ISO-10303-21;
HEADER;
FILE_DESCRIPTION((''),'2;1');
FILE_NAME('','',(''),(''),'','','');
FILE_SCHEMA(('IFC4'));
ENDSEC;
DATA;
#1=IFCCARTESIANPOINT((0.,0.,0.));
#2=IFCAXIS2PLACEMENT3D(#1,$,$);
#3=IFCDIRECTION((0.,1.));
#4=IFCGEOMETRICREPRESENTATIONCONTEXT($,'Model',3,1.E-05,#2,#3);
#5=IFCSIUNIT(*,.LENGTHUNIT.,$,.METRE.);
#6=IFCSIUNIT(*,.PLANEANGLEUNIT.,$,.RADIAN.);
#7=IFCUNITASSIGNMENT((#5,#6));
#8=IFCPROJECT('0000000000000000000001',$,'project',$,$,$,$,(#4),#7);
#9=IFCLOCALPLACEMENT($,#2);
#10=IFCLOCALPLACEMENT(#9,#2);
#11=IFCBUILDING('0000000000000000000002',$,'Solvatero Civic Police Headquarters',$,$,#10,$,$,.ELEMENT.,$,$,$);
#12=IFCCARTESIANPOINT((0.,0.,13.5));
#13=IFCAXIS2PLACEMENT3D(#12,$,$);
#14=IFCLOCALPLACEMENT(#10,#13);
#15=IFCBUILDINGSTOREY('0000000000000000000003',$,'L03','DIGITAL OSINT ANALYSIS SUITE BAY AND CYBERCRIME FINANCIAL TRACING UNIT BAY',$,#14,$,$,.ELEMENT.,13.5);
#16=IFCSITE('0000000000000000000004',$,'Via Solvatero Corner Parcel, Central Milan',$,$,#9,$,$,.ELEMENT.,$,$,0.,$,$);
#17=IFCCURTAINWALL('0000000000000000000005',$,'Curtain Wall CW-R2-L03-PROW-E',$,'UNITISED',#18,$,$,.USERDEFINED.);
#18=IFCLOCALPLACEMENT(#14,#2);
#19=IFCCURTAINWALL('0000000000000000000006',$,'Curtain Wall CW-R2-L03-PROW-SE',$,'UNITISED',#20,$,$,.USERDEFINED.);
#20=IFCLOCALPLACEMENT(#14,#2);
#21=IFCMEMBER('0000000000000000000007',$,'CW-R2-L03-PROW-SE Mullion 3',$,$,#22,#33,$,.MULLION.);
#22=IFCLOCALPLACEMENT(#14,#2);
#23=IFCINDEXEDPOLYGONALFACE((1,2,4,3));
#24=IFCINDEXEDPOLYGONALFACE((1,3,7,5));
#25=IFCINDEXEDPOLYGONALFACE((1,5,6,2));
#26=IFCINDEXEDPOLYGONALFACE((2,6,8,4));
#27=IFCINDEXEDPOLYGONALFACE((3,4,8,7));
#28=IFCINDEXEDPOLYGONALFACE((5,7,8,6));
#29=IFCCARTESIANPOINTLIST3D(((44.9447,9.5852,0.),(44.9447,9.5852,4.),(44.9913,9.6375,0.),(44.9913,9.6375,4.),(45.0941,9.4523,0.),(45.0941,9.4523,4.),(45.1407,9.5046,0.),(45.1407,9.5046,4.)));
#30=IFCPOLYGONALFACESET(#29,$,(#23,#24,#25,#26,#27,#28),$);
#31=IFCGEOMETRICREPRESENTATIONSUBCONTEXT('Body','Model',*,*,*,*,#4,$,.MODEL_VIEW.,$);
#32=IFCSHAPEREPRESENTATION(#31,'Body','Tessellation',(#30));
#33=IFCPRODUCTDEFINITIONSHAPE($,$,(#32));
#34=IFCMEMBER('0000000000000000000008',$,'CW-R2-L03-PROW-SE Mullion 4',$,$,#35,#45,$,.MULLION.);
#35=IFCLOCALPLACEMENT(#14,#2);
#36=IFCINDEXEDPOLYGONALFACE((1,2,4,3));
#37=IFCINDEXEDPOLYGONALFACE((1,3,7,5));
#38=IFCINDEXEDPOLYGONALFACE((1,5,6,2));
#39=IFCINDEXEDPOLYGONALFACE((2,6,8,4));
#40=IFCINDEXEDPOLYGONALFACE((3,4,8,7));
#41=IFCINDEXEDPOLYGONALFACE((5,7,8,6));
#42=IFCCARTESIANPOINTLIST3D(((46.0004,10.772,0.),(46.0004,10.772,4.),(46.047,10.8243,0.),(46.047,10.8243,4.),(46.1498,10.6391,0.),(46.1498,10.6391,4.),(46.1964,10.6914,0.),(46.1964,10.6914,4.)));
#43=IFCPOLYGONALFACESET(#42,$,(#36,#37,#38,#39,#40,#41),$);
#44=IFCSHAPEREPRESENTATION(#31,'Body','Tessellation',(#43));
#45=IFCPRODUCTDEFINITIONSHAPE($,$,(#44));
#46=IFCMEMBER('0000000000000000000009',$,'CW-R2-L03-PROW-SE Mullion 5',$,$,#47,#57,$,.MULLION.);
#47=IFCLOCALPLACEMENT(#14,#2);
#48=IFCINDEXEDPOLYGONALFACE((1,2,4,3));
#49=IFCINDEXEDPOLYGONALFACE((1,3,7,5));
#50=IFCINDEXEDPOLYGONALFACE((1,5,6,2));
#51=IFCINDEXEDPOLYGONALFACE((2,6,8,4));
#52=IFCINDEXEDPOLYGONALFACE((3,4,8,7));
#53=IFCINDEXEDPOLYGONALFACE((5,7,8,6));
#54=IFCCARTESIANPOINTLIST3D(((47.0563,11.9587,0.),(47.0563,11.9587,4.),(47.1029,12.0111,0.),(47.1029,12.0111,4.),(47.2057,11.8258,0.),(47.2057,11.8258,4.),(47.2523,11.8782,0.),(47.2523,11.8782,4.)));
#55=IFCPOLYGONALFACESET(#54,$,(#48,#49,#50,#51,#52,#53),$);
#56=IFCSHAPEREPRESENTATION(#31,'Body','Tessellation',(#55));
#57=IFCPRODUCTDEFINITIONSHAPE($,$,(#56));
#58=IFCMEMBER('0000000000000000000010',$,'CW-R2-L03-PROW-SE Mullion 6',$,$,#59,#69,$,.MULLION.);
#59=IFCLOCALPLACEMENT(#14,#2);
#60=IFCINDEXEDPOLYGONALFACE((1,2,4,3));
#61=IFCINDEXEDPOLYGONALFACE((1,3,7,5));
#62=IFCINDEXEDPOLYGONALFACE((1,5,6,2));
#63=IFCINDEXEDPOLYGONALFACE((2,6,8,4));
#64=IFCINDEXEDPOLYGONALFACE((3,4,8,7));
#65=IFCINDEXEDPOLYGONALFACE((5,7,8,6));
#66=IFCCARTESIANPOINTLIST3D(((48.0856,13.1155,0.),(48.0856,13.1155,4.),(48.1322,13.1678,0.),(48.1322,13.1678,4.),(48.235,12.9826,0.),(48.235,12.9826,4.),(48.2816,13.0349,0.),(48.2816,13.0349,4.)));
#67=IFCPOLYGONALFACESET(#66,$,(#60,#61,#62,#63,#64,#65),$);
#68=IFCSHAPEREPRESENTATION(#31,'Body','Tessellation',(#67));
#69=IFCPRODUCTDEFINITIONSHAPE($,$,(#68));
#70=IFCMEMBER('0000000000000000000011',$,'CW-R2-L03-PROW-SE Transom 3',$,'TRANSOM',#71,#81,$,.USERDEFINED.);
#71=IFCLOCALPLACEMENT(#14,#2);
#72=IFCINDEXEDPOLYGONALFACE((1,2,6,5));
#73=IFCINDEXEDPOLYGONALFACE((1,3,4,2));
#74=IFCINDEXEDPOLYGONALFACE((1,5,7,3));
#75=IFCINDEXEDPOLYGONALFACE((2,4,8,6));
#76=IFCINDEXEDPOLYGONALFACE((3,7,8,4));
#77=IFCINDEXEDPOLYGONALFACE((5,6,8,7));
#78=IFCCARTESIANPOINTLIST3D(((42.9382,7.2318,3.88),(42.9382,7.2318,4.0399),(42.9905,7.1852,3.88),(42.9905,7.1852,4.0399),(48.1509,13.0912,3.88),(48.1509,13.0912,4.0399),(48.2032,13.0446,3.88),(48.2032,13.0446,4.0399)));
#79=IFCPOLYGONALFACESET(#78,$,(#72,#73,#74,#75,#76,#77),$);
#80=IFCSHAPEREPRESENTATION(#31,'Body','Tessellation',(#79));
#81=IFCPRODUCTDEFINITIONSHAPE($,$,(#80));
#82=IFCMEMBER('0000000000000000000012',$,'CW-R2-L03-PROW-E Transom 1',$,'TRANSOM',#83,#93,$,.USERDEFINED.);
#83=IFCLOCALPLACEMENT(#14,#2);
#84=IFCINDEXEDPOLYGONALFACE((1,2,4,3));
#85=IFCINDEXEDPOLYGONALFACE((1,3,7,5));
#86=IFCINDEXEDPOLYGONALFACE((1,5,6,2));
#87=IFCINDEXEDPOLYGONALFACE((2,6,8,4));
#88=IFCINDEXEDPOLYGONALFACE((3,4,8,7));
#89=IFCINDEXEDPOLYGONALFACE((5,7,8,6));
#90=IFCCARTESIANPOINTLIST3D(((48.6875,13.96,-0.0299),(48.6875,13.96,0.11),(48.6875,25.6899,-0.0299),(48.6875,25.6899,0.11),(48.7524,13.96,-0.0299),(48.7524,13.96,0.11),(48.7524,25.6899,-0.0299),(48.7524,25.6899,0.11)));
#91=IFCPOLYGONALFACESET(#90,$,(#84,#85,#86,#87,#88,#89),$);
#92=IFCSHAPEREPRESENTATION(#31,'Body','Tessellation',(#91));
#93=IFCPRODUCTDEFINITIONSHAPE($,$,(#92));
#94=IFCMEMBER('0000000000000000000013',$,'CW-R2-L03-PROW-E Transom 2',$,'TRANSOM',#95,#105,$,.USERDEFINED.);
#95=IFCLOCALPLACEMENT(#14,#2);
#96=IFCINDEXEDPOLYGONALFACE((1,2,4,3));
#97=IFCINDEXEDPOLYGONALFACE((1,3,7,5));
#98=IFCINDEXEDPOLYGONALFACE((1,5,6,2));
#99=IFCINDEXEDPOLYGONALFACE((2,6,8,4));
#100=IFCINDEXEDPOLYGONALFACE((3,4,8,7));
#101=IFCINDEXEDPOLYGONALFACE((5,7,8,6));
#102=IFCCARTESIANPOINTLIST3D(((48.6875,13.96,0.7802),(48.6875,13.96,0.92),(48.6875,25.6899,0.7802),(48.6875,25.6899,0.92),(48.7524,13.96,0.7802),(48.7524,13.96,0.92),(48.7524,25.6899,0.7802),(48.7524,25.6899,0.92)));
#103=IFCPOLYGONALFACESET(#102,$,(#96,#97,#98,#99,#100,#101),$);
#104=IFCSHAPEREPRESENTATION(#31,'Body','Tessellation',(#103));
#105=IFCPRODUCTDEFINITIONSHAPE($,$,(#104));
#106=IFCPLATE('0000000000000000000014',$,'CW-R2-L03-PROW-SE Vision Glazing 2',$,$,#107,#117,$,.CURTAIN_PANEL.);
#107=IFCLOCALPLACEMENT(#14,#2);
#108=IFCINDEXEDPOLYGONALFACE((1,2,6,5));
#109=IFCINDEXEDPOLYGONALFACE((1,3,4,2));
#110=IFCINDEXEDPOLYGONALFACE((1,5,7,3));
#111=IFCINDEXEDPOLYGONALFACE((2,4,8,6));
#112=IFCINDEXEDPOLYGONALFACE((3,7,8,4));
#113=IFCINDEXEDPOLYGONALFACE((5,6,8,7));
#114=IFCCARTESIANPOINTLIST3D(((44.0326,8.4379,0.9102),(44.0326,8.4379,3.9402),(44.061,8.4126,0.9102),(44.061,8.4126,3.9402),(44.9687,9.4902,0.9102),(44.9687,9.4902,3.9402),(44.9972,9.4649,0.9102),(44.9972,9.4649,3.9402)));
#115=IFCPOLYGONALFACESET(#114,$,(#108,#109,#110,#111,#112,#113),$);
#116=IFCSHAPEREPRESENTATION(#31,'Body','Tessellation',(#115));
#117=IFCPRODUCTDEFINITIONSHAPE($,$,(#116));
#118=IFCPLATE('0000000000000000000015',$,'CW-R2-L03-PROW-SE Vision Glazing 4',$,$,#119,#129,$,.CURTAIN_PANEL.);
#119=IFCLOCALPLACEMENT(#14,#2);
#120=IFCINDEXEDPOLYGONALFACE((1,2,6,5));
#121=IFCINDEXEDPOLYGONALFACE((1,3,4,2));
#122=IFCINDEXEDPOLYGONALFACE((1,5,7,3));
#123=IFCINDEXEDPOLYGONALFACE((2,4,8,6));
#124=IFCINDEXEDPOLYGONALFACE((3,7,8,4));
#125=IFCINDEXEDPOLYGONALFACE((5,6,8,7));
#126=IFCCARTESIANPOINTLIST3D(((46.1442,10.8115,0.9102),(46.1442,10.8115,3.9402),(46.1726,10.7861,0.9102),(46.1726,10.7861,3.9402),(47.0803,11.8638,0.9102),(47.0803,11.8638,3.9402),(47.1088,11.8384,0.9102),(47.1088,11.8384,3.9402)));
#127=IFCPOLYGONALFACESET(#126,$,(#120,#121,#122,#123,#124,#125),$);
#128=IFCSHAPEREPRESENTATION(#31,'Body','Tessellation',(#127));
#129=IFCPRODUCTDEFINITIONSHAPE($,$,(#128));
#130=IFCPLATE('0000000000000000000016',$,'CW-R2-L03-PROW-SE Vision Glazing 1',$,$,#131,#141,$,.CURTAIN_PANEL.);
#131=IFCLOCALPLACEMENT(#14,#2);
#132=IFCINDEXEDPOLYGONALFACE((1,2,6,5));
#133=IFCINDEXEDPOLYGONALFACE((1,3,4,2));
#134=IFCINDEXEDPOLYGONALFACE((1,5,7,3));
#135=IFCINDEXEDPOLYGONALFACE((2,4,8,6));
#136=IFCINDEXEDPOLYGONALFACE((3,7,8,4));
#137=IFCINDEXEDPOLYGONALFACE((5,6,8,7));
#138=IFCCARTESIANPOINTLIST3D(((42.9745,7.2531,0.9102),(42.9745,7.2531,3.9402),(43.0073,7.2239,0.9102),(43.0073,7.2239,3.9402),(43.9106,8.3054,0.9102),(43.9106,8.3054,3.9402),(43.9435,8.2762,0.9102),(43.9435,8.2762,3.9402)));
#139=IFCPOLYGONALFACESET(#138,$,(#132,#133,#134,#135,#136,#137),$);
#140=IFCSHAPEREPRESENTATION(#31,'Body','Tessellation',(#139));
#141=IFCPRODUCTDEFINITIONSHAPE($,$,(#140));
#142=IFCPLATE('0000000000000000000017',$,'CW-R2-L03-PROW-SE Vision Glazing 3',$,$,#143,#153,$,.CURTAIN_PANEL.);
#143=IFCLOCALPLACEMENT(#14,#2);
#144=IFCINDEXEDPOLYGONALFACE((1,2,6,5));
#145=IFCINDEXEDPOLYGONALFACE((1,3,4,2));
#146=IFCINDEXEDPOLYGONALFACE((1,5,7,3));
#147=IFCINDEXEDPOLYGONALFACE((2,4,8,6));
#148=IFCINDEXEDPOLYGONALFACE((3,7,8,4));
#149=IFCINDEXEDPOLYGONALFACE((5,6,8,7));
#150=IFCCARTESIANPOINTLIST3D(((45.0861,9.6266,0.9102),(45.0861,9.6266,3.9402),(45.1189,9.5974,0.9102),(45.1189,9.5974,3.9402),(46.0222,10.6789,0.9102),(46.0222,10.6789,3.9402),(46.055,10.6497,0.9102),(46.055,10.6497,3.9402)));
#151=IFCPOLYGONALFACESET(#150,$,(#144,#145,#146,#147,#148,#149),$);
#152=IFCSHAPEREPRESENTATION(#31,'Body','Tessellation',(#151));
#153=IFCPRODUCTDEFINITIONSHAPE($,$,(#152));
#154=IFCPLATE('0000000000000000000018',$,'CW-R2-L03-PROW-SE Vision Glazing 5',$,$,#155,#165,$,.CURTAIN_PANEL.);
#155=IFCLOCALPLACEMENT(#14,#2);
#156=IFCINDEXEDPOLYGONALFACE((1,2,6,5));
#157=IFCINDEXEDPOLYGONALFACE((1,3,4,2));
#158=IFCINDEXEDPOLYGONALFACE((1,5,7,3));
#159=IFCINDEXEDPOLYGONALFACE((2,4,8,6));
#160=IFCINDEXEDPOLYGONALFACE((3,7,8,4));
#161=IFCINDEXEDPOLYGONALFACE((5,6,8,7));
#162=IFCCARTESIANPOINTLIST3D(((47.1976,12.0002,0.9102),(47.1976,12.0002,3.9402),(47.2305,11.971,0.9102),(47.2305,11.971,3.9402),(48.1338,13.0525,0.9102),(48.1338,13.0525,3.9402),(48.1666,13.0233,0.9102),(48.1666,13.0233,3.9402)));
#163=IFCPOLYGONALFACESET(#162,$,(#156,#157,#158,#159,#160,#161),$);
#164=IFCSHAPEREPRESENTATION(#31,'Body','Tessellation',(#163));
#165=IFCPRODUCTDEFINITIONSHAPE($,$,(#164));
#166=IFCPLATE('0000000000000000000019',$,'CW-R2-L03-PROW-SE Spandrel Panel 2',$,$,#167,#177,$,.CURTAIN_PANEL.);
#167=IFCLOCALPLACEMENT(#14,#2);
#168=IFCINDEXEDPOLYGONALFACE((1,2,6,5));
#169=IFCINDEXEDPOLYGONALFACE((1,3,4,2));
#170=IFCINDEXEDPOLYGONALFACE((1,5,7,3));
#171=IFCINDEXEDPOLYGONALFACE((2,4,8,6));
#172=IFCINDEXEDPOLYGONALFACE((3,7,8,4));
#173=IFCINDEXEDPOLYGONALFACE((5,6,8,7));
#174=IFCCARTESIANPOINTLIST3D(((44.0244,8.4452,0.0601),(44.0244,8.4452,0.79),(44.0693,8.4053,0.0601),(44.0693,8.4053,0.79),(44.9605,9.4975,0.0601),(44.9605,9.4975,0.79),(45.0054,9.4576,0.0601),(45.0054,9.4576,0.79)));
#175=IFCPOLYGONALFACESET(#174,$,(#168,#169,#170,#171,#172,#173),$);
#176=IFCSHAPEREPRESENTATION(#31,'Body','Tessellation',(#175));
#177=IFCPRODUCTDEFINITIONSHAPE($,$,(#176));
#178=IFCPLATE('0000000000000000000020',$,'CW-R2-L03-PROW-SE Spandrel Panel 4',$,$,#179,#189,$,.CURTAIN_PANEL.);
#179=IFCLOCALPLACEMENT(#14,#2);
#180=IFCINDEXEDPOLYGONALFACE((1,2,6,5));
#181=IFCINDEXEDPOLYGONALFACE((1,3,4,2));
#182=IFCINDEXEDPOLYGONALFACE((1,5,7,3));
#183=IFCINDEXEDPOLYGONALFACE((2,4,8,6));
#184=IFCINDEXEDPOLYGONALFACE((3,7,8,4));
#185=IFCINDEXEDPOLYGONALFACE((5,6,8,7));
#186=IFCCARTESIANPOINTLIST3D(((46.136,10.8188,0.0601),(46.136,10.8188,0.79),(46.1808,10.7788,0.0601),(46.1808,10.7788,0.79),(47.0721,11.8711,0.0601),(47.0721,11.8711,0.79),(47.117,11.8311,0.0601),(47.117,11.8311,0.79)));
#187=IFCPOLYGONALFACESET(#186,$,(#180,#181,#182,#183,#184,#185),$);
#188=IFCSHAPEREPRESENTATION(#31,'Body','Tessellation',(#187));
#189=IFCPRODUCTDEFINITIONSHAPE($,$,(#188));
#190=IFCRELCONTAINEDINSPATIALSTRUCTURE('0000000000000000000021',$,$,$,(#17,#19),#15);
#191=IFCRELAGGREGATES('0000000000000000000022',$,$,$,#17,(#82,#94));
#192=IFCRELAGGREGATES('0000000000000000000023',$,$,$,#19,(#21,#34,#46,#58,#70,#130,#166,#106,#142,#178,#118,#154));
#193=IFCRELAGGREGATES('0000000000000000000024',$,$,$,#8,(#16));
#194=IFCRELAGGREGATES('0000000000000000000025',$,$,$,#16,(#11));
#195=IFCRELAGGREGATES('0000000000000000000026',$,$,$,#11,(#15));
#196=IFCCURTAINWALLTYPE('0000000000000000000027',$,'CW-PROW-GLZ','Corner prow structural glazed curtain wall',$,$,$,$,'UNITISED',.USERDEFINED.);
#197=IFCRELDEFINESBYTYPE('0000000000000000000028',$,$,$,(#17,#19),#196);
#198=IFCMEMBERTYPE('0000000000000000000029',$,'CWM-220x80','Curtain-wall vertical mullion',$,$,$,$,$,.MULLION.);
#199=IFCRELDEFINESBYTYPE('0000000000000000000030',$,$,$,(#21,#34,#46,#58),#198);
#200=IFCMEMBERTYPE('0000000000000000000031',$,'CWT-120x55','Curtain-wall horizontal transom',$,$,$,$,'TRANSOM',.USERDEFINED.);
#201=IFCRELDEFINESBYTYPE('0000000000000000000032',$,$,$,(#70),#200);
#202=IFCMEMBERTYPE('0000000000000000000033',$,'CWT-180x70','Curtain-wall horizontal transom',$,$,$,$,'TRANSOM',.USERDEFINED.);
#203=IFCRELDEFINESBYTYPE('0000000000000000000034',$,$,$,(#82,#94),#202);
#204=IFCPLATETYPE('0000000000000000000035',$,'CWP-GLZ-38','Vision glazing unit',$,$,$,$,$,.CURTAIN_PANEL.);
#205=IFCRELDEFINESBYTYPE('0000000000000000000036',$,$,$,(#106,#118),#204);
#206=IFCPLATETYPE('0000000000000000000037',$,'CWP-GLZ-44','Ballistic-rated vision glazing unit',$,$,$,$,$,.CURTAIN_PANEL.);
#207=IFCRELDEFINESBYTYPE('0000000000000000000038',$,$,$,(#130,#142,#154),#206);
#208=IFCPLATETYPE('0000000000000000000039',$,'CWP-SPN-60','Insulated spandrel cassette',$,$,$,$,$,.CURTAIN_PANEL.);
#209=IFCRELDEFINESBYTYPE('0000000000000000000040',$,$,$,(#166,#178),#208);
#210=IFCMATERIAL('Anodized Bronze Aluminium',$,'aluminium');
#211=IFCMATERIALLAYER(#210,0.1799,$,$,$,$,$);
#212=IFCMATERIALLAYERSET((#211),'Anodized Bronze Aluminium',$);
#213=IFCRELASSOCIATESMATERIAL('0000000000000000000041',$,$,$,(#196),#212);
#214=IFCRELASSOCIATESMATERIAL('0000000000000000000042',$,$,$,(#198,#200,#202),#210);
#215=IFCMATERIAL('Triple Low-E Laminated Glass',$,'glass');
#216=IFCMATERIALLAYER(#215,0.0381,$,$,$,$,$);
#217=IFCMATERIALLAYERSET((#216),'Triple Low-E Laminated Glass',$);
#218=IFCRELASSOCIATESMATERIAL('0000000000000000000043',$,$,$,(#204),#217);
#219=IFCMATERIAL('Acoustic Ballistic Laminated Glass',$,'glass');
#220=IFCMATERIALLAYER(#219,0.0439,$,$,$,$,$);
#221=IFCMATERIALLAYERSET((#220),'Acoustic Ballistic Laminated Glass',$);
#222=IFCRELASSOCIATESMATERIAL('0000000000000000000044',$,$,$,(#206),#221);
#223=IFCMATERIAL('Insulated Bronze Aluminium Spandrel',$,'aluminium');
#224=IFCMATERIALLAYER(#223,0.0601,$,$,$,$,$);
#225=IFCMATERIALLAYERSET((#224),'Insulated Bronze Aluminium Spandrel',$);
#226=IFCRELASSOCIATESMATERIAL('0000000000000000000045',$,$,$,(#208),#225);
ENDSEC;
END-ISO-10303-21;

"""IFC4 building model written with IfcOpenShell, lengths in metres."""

from ifc_helpers import new_model, si_unit, direction, frame, origin, origin_2d, place, context, subcontext, project, spatial, rectangle, extrude, material, layer, layer_set, material_profile, profile_set, type_object, element, aggregate, save


model = new_model("IFC4")

# Units and contexts
model_context = context("Model", 3, precision=1e-05, world=origin(), true_north=direction((0.0, 1.0)))
body_context = subcontext(model_context, "Body", "Model", "MODEL_VIEW")
ifc_project = project(units=[si_unit("LENGTHUNIT", "METRE"), si_unit("PLANEANGLEUNIT", "RADIAN")], contexts=[model_context])

# Site, building, storey
site_placement = place(None, origin())
site = spatial("IfcSite", under=ifc_project, at=site_placement, Name="Via Solvatero Corner Parcel, Central Milan", CompositionType="ELEMENT", RefElevation=0.0)
building_placement = place(site_placement, origin())
building = spatial("IfcBuilding", under=site, at=building_placement, Name="Solvatero Civic Police Headquarters", CompositionType="ELEMENT")
storey_placement = place(building_placement, frame((0.0, 0.0, 13.5)))
storey = spatial("IfcBuildingStorey", under=building, at=storey_placement, Name="L03", Description="DIGITAL OSINT ANALYSIS SUITE BAY AND CYBERCRIME FINANCIAL TRACING UNIT BAY", CompositionType="ELEMENT", Elevation=13.5)

# Curtain wall
ifc_material_1 = material(Name="Anodized Bronze Aluminium", Category="aluminium")
ifc_layer_1 = layer(ifc_material_1, 0.1799)
ifc_layer_set_1 = layer_set([ifc_layer_1], Name="Anodized Bronze Aluminium")
curtain_wall_type = type_object("IfcCurtainWallType", Name="CW-PROW-GLZ", Description="Corner prow structural glazed curtain wall", ElementType="UNITISED", PredefinedType="USERDEFINED", material=ifc_layer_set_1)
curtain_wall_1_placement = place(storey_placement, origin())
curtain_wall_1 = element("IfcCurtainWall", 1, at=curtain_wall_1_placement, inside=storey, type_object=curtain_wall_type, Name="Curtain Wall CW-R2-L03-PROW-E", ObjectType="UNITISED", PredefinedType="USERDEFINED")

# Curtain wall, members
curtain_wall_2_placement = place(storey_placement, origin())
curtain_wall_2 = element("IfcCurtainWall", 2, at=curtain_wall_2_placement, inside=storey, type_object=curtain_wall_type, Name="Curtain Wall CW-R2-L03-PROW-SE", ObjectType="UNITISED", PredefinedType="USERDEFINED")
ifc_material_profile_1 = material_profile(ifc_material_1, rectangle(XDim=0.0701, YDim=0.2, at=origin_2d()), Name="ALU MULLION 70x200")
ifc_profile_set_1 = profile_set([ifc_material_profile_1], Name="Anodized Bronze Aluminium")
member_type_1 = type_object("IfcMemberType", Name="CWM-220x80", Description="Curtain-wall vertical mullion", PredefinedType="MULLION", material=ifc_profile_set_1)
member_1_placement = place(storey_placement, frame((45.0427, 9.5449, 0.0), z_axis=(0.0, 0.0, 1.0), x_axis=(0.66467, 0.747137, 0.0)))
member_1 = element("IfcMember", 3, at=member_1_placement, type_object=member_type_1, Name="CW-R2-L03-PROW-SE Mullion 3", PredefinedType="MULLION", context=body_context, shape_type="SweptSolid", body=[
    extrude(rectangle(XDim=0.0701, YDim=0.2, at=origin_2d()), origin(), (0.0, 0.0, 1.0), 4.0),
])
member_2_placement = place(storey_placement, frame((46.0984, 10.7317, 0.0), z_axis=(0.0, 0.0, 1.0), x_axis=(0.66467, 0.747137, 0.0)))
member_2 = element("IfcMember", 4, at=member_2_placement, type_object=member_type_1, Name="CW-R2-L03-PROW-SE Mullion 4", PredefinedType="MULLION", context=body_context, shape_type="SweptSolid", body=[
    extrude(rectangle(XDim=0.0701, YDim=0.2, at=origin_2d()), origin(), (0.0, 0.0, 1.0), 4.0),
])
member_3_placement = place(storey_placement, frame((47.1543, 11.9185, 0.0), z_axis=(0.0, 0.0, 1.0), x_axis=(0.66467, 0.747137, 0.0)))
member_3 = element("IfcMember", 5, at=member_3_placement, type_object=member_type_1, Name="CW-R2-L03-PROW-SE Mullion 5", PredefinedType="MULLION", context=body_context, shape_type="SweptSolid", body=[
    extrude(rectangle(XDim=0.0701, YDim=0.2, at=origin_2d()), origin(), (0.0, 0.0, 1.0), 4.0),
])
member_4_placement = place(storey_placement, frame((48.1836, 13.0752, 0.0), z_axis=(0.0, 0.0, 1.0), x_axis=(0.66467, 0.747137, 0.0)))
member_4 = element("IfcMember", 6, at=member_4_placement, type_object=member_type_1, Name="CW-R2-L03-PROW-SE Mullion 6", PredefinedType="MULLION", context=body_context, shape_type="SweptSolid", body=[
    extrude(rectangle(XDim=0.0701, YDim=0.2, at=origin_2d()), origin(), (0.0, 0.0, 1.0), 4.0),
])
ifc_material_profile_2 = material_profile(ifc_material_1, rectangle(XDim=0.0701, YDim=0.1599, at=origin_2d()), Name="ALU TRANSOM 70x160")
ifc_profile_set_2 = profile_set([ifc_material_profile_2], Name="Anodized Bronze Aluminium")
member_type_2 = type_object("IfcMemberType", Name="CWT-120x55", Description="Curtain-wall horizontal transom", ElementType="TRANSOM", PredefinedType="USERDEFINED", material=ifc_profile_set_2)
member_5_placement = place(storey_placement, frame((42.9644, 7.2085, 3.96), z_axis=(0.664671, 0.747136, 0.0), x_axis=(-0.747136, 0.664671, 0.0)))
member_5 = element("IfcMember", 7, at=member_5_placement, type_object=member_type_2, Name="CW-R2-L03-PROW-SE Transom 3", ObjectType="TRANSOM", PredefinedType="USERDEFINED", context=body_context, shape_type="SweptSolid", body=[
    extrude(rectangle(XDim=0.0701, YDim=0.1599, at=origin_2d()), origin(), (0.0, 0.0, 1.0), 7.8425),
])

# Members
ifc_material_profile_3 = material_profile(ifc_material_1, rectangle(XDim=0.0649, YDim=0.1399, at=origin_2d()), Name="ALU TRANSOM 65x140")
ifc_profile_set_3 = profile_set([ifc_material_profile_3], Name="Anodized Bronze Aluminium")
member_type_3 = type_object("IfcMemberType", Name="CWT-180x70", Description="Curtain-wall horizontal transom", ElementType="TRANSOM", PredefinedType="USERDEFINED", material=ifc_profile_set_3)
member_6_placement = place(storey_placement, frame((48.72, 13.96, 0.04), z_axis=(0.0, 1.0, 0.0), x_axis=(-1.0, 0.0, 0.0)))
member_6 = element("IfcMember", 8, at=member_6_placement, type_object=member_type_3, Name="CW-R2-L03-PROW-E Transom 1", ObjectType="TRANSOM", PredefinedType="USERDEFINED", context=body_context, shape_type="SweptSolid", body=[
    extrude(rectangle(XDim=0.0649, YDim=0.1399, at=origin_2d()), origin(), (0.0, 0.0, 1.0), 11.73),
])
member_7_placement = place(storey_placement, frame((48.72, 13.96, 0.8501), z_axis=(0.0, 1.0, 0.0), x_axis=(-1.0, 0.0, 0.0)))
member_7 = element("IfcMember", 9, at=member_7_placement, type_object=member_type_3, Name="CW-R2-L03-PROW-E Transom 2", ObjectType="TRANSOM", PredefinedType="USERDEFINED", context=body_context, shape_type="SweptSolid", body=[
    extrude(rectangle(XDim=0.0649, YDim=0.1399, at=origin_2d()), origin(), (0.0, 0.0, 1.0), 11.73),
])
aggregate(curtain_wall_1, [member_6, member_7])

# Plates
ifc_material_2 = material(Name="Triple Low-E Laminated Glass", Category="glass")
ifc_layer_2 = layer(ifc_material_2, 0.0381)
ifc_layer_set_2 = layer_set([ifc_layer_2], Name="Triple Low-E Laminated Glass")
plate_type_1 = type_object("IfcPlateType", Name="CWP-GLZ-38", Description="Vision glazing unit", PredefinedType="CURTAIN_PANEL", material=ifc_layer_set_2)
plate_1_placement = place(storey_placement, frame((44.5149, 8.9514, 0.9102), z_axis=(0.0, 0.0, 1.0), x_axis=(0.66467, 0.747137, 0.0)))
plate_1 = element("IfcPlate", 10, at=plate_1_placement, type_object=plate_type_1, Name="CW-R2-L03-PROW-SE Vision Glazing 2", PredefinedType="CURTAIN_PANEL", context=body_context, shape_type="SweptSolid", body=[
    extrude(rectangle(XDim=1.4084, YDim=0.0381, at=origin_2d()), origin(), (0.0, 0.0, 1.0), 3.03),
])
plate_2_placement = place(storey_placement, frame((46.6265, 11.325, 0.9102), z_axis=(0.0, 0.0, 1.0), x_axis=(0.66467, 0.747137, 0.0)))
plate_2 = element("IfcPlate", 11, at=plate_2_placement, type_object=plate_type_1, Name="CW-R2-L03-PROW-SE Vision Glazing 4", PredefinedType="CURTAIN_PANEL", context=body_context, shape_type="SweptSolid", body=[
    extrude(rectangle(XDim=1.4084, YDim=0.0381, at=origin_2d()), origin(), (0.0, 0.0, 1.0), 3.03),
])
ifc_material_3 = material(Name="Acoustic Ballistic Laminated Glass", Category="glass")
ifc_layer_3 = layer(ifc_material_3, 0.0439)
ifc_layer_set_3 = layer_set([ifc_layer_3], Name="Acoustic Ballistic Laminated Glass")
plate_type_2 = type_object("IfcPlateType", Name="CWP-GLZ-44", Description="Ballistic-rated vision glazing unit", PredefinedType="CURTAIN_PANEL", material=ifc_layer_set_3)
plate_3_placement = place(storey_placement, frame((43.459, 7.7646, 0.9102), z_axis=(0.0, 0.0, 1.0), x_axis=(0.66467, 0.747137, 0.0)))
plate_3 = element("IfcPlate", 12, at=plate_3_placement, type_object=plate_type_2, Name="CW-R2-L03-PROW-SE Vision Glazing 1", PredefinedType="CURTAIN_PANEL", context=body_context, shape_type="SweptSolid", body=[
    extrude(rectangle(XDim=1.4084, YDim=0.0439, at=origin_2d()), origin(), (0.0, 0.0, 1.0), 3.03),
])
plate_4_placement = place(storey_placement, frame((45.5706, 10.1382, 0.9102), z_axis=(0.0, 0.0, 1.0), x_axis=(0.66467, 0.747137, 0.0)))
plate_4 = element("IfcPlate", 13, at=plate_4_placement, type_object=plate_type_2, Name="CW-R2-L03-PROW-SE Vision Glazing 3", PredefinedType="CURTAIN_PANEL", context=body_context, shape_type="SweptSolid", body=[
    extrude(rectangle(XDim=1.4084, YDim=0.0439, at=origin_2d()), origin(), (0.0, 0.0, 1.0), 3.03),
])
plate_5_placement = place(storey_placement, frame((47.6821, 12.5117, 0.9102), z_axis=(0.0, 0.0, 1.0), x_axis=(0.66467, 0.747137, 0.0)))
plate_5 = element("IfcPlate", 14, at=plate_5_placement, type_object=plate_type_2, Name="CW-R2-L03-PROW-SE Vision Glazing 5", PredefinedType="CURTAIN_PANEL", context=body_context, shape_type="SweptSolid", body=[
    extrude(rectangle(XDim=1.4084, YDim=0.0439, at=origin_2d()), origin(), (0.0, 0.0, 1.0), 3.03),
])
ifc_material_4 = material(Name="Insulated Bronze Aluminium Spandrel", Category="aluminium")
ifc_layer_4 = layer(ifc_material_4, 0.0601)
ifc_layer_set_4 = layer_set([ifc_layer_4], Name="Insulated Bronze Aluminium Spandrel")
plate_type_3 = type_object("IfcPlateType", Name="CWP-SPN-60", Description="Insulated spandrel cassette", PredefinedType="CURTAIN_PANEL", material=ifc_layer_set_4)
plate_6_placement = place(storey_placement, frame((44.5149, 8.9514, 0.0601), z_axis=(0.0, 0.0, 1.0), x_axis=(0.66467, 0.747137, 0.0)))
plate_6 = element("IfcPlate", 15, at=plate_6_placement, type_object=plate_type_3, Name="CW-R2-L03-PROW-SE Spandrel Panel 2", PredefinedType="CURTAIN_PANEL", context=body_context, shape_type="SweptSolid", body=[
    extrude(rectangle(XDim=1.4084, YDim=0.0601, at=origin_2d()), origin(), (0.0, 0.0, 1.0), 0.73),
])
plate_7_placement = place(storey_placement, frame((46.6265, 11.325, 0.0601), z_axis=(0.0, 0.0, 1.0), x_axis=(0.66467, 0.747137, 0.0)))
plate_7 = element("IfcPlate", 16, at=plate_7_placement, type_object=plate_type_3, Name="CW-R2-L03-PROW-SE Spandrel Panel 4", PredefinedType="CURTAIN_PANEL", context=body_context, shape_type="SweptSolid", body=[
    extrude(rectangle(XDim=1.4084, YDim=0.0601, at=origin_2d()), origin(), (0.0, 0.0, 1.0), 0.73),
])
aggregate(curtain_wall_2, [member_1, member_2, member_3, member_4, member_5, plate_3, plate_6, plate_1, plate_4, plate_7, plate_2, plate_5])

save(model, "model.ifc")
